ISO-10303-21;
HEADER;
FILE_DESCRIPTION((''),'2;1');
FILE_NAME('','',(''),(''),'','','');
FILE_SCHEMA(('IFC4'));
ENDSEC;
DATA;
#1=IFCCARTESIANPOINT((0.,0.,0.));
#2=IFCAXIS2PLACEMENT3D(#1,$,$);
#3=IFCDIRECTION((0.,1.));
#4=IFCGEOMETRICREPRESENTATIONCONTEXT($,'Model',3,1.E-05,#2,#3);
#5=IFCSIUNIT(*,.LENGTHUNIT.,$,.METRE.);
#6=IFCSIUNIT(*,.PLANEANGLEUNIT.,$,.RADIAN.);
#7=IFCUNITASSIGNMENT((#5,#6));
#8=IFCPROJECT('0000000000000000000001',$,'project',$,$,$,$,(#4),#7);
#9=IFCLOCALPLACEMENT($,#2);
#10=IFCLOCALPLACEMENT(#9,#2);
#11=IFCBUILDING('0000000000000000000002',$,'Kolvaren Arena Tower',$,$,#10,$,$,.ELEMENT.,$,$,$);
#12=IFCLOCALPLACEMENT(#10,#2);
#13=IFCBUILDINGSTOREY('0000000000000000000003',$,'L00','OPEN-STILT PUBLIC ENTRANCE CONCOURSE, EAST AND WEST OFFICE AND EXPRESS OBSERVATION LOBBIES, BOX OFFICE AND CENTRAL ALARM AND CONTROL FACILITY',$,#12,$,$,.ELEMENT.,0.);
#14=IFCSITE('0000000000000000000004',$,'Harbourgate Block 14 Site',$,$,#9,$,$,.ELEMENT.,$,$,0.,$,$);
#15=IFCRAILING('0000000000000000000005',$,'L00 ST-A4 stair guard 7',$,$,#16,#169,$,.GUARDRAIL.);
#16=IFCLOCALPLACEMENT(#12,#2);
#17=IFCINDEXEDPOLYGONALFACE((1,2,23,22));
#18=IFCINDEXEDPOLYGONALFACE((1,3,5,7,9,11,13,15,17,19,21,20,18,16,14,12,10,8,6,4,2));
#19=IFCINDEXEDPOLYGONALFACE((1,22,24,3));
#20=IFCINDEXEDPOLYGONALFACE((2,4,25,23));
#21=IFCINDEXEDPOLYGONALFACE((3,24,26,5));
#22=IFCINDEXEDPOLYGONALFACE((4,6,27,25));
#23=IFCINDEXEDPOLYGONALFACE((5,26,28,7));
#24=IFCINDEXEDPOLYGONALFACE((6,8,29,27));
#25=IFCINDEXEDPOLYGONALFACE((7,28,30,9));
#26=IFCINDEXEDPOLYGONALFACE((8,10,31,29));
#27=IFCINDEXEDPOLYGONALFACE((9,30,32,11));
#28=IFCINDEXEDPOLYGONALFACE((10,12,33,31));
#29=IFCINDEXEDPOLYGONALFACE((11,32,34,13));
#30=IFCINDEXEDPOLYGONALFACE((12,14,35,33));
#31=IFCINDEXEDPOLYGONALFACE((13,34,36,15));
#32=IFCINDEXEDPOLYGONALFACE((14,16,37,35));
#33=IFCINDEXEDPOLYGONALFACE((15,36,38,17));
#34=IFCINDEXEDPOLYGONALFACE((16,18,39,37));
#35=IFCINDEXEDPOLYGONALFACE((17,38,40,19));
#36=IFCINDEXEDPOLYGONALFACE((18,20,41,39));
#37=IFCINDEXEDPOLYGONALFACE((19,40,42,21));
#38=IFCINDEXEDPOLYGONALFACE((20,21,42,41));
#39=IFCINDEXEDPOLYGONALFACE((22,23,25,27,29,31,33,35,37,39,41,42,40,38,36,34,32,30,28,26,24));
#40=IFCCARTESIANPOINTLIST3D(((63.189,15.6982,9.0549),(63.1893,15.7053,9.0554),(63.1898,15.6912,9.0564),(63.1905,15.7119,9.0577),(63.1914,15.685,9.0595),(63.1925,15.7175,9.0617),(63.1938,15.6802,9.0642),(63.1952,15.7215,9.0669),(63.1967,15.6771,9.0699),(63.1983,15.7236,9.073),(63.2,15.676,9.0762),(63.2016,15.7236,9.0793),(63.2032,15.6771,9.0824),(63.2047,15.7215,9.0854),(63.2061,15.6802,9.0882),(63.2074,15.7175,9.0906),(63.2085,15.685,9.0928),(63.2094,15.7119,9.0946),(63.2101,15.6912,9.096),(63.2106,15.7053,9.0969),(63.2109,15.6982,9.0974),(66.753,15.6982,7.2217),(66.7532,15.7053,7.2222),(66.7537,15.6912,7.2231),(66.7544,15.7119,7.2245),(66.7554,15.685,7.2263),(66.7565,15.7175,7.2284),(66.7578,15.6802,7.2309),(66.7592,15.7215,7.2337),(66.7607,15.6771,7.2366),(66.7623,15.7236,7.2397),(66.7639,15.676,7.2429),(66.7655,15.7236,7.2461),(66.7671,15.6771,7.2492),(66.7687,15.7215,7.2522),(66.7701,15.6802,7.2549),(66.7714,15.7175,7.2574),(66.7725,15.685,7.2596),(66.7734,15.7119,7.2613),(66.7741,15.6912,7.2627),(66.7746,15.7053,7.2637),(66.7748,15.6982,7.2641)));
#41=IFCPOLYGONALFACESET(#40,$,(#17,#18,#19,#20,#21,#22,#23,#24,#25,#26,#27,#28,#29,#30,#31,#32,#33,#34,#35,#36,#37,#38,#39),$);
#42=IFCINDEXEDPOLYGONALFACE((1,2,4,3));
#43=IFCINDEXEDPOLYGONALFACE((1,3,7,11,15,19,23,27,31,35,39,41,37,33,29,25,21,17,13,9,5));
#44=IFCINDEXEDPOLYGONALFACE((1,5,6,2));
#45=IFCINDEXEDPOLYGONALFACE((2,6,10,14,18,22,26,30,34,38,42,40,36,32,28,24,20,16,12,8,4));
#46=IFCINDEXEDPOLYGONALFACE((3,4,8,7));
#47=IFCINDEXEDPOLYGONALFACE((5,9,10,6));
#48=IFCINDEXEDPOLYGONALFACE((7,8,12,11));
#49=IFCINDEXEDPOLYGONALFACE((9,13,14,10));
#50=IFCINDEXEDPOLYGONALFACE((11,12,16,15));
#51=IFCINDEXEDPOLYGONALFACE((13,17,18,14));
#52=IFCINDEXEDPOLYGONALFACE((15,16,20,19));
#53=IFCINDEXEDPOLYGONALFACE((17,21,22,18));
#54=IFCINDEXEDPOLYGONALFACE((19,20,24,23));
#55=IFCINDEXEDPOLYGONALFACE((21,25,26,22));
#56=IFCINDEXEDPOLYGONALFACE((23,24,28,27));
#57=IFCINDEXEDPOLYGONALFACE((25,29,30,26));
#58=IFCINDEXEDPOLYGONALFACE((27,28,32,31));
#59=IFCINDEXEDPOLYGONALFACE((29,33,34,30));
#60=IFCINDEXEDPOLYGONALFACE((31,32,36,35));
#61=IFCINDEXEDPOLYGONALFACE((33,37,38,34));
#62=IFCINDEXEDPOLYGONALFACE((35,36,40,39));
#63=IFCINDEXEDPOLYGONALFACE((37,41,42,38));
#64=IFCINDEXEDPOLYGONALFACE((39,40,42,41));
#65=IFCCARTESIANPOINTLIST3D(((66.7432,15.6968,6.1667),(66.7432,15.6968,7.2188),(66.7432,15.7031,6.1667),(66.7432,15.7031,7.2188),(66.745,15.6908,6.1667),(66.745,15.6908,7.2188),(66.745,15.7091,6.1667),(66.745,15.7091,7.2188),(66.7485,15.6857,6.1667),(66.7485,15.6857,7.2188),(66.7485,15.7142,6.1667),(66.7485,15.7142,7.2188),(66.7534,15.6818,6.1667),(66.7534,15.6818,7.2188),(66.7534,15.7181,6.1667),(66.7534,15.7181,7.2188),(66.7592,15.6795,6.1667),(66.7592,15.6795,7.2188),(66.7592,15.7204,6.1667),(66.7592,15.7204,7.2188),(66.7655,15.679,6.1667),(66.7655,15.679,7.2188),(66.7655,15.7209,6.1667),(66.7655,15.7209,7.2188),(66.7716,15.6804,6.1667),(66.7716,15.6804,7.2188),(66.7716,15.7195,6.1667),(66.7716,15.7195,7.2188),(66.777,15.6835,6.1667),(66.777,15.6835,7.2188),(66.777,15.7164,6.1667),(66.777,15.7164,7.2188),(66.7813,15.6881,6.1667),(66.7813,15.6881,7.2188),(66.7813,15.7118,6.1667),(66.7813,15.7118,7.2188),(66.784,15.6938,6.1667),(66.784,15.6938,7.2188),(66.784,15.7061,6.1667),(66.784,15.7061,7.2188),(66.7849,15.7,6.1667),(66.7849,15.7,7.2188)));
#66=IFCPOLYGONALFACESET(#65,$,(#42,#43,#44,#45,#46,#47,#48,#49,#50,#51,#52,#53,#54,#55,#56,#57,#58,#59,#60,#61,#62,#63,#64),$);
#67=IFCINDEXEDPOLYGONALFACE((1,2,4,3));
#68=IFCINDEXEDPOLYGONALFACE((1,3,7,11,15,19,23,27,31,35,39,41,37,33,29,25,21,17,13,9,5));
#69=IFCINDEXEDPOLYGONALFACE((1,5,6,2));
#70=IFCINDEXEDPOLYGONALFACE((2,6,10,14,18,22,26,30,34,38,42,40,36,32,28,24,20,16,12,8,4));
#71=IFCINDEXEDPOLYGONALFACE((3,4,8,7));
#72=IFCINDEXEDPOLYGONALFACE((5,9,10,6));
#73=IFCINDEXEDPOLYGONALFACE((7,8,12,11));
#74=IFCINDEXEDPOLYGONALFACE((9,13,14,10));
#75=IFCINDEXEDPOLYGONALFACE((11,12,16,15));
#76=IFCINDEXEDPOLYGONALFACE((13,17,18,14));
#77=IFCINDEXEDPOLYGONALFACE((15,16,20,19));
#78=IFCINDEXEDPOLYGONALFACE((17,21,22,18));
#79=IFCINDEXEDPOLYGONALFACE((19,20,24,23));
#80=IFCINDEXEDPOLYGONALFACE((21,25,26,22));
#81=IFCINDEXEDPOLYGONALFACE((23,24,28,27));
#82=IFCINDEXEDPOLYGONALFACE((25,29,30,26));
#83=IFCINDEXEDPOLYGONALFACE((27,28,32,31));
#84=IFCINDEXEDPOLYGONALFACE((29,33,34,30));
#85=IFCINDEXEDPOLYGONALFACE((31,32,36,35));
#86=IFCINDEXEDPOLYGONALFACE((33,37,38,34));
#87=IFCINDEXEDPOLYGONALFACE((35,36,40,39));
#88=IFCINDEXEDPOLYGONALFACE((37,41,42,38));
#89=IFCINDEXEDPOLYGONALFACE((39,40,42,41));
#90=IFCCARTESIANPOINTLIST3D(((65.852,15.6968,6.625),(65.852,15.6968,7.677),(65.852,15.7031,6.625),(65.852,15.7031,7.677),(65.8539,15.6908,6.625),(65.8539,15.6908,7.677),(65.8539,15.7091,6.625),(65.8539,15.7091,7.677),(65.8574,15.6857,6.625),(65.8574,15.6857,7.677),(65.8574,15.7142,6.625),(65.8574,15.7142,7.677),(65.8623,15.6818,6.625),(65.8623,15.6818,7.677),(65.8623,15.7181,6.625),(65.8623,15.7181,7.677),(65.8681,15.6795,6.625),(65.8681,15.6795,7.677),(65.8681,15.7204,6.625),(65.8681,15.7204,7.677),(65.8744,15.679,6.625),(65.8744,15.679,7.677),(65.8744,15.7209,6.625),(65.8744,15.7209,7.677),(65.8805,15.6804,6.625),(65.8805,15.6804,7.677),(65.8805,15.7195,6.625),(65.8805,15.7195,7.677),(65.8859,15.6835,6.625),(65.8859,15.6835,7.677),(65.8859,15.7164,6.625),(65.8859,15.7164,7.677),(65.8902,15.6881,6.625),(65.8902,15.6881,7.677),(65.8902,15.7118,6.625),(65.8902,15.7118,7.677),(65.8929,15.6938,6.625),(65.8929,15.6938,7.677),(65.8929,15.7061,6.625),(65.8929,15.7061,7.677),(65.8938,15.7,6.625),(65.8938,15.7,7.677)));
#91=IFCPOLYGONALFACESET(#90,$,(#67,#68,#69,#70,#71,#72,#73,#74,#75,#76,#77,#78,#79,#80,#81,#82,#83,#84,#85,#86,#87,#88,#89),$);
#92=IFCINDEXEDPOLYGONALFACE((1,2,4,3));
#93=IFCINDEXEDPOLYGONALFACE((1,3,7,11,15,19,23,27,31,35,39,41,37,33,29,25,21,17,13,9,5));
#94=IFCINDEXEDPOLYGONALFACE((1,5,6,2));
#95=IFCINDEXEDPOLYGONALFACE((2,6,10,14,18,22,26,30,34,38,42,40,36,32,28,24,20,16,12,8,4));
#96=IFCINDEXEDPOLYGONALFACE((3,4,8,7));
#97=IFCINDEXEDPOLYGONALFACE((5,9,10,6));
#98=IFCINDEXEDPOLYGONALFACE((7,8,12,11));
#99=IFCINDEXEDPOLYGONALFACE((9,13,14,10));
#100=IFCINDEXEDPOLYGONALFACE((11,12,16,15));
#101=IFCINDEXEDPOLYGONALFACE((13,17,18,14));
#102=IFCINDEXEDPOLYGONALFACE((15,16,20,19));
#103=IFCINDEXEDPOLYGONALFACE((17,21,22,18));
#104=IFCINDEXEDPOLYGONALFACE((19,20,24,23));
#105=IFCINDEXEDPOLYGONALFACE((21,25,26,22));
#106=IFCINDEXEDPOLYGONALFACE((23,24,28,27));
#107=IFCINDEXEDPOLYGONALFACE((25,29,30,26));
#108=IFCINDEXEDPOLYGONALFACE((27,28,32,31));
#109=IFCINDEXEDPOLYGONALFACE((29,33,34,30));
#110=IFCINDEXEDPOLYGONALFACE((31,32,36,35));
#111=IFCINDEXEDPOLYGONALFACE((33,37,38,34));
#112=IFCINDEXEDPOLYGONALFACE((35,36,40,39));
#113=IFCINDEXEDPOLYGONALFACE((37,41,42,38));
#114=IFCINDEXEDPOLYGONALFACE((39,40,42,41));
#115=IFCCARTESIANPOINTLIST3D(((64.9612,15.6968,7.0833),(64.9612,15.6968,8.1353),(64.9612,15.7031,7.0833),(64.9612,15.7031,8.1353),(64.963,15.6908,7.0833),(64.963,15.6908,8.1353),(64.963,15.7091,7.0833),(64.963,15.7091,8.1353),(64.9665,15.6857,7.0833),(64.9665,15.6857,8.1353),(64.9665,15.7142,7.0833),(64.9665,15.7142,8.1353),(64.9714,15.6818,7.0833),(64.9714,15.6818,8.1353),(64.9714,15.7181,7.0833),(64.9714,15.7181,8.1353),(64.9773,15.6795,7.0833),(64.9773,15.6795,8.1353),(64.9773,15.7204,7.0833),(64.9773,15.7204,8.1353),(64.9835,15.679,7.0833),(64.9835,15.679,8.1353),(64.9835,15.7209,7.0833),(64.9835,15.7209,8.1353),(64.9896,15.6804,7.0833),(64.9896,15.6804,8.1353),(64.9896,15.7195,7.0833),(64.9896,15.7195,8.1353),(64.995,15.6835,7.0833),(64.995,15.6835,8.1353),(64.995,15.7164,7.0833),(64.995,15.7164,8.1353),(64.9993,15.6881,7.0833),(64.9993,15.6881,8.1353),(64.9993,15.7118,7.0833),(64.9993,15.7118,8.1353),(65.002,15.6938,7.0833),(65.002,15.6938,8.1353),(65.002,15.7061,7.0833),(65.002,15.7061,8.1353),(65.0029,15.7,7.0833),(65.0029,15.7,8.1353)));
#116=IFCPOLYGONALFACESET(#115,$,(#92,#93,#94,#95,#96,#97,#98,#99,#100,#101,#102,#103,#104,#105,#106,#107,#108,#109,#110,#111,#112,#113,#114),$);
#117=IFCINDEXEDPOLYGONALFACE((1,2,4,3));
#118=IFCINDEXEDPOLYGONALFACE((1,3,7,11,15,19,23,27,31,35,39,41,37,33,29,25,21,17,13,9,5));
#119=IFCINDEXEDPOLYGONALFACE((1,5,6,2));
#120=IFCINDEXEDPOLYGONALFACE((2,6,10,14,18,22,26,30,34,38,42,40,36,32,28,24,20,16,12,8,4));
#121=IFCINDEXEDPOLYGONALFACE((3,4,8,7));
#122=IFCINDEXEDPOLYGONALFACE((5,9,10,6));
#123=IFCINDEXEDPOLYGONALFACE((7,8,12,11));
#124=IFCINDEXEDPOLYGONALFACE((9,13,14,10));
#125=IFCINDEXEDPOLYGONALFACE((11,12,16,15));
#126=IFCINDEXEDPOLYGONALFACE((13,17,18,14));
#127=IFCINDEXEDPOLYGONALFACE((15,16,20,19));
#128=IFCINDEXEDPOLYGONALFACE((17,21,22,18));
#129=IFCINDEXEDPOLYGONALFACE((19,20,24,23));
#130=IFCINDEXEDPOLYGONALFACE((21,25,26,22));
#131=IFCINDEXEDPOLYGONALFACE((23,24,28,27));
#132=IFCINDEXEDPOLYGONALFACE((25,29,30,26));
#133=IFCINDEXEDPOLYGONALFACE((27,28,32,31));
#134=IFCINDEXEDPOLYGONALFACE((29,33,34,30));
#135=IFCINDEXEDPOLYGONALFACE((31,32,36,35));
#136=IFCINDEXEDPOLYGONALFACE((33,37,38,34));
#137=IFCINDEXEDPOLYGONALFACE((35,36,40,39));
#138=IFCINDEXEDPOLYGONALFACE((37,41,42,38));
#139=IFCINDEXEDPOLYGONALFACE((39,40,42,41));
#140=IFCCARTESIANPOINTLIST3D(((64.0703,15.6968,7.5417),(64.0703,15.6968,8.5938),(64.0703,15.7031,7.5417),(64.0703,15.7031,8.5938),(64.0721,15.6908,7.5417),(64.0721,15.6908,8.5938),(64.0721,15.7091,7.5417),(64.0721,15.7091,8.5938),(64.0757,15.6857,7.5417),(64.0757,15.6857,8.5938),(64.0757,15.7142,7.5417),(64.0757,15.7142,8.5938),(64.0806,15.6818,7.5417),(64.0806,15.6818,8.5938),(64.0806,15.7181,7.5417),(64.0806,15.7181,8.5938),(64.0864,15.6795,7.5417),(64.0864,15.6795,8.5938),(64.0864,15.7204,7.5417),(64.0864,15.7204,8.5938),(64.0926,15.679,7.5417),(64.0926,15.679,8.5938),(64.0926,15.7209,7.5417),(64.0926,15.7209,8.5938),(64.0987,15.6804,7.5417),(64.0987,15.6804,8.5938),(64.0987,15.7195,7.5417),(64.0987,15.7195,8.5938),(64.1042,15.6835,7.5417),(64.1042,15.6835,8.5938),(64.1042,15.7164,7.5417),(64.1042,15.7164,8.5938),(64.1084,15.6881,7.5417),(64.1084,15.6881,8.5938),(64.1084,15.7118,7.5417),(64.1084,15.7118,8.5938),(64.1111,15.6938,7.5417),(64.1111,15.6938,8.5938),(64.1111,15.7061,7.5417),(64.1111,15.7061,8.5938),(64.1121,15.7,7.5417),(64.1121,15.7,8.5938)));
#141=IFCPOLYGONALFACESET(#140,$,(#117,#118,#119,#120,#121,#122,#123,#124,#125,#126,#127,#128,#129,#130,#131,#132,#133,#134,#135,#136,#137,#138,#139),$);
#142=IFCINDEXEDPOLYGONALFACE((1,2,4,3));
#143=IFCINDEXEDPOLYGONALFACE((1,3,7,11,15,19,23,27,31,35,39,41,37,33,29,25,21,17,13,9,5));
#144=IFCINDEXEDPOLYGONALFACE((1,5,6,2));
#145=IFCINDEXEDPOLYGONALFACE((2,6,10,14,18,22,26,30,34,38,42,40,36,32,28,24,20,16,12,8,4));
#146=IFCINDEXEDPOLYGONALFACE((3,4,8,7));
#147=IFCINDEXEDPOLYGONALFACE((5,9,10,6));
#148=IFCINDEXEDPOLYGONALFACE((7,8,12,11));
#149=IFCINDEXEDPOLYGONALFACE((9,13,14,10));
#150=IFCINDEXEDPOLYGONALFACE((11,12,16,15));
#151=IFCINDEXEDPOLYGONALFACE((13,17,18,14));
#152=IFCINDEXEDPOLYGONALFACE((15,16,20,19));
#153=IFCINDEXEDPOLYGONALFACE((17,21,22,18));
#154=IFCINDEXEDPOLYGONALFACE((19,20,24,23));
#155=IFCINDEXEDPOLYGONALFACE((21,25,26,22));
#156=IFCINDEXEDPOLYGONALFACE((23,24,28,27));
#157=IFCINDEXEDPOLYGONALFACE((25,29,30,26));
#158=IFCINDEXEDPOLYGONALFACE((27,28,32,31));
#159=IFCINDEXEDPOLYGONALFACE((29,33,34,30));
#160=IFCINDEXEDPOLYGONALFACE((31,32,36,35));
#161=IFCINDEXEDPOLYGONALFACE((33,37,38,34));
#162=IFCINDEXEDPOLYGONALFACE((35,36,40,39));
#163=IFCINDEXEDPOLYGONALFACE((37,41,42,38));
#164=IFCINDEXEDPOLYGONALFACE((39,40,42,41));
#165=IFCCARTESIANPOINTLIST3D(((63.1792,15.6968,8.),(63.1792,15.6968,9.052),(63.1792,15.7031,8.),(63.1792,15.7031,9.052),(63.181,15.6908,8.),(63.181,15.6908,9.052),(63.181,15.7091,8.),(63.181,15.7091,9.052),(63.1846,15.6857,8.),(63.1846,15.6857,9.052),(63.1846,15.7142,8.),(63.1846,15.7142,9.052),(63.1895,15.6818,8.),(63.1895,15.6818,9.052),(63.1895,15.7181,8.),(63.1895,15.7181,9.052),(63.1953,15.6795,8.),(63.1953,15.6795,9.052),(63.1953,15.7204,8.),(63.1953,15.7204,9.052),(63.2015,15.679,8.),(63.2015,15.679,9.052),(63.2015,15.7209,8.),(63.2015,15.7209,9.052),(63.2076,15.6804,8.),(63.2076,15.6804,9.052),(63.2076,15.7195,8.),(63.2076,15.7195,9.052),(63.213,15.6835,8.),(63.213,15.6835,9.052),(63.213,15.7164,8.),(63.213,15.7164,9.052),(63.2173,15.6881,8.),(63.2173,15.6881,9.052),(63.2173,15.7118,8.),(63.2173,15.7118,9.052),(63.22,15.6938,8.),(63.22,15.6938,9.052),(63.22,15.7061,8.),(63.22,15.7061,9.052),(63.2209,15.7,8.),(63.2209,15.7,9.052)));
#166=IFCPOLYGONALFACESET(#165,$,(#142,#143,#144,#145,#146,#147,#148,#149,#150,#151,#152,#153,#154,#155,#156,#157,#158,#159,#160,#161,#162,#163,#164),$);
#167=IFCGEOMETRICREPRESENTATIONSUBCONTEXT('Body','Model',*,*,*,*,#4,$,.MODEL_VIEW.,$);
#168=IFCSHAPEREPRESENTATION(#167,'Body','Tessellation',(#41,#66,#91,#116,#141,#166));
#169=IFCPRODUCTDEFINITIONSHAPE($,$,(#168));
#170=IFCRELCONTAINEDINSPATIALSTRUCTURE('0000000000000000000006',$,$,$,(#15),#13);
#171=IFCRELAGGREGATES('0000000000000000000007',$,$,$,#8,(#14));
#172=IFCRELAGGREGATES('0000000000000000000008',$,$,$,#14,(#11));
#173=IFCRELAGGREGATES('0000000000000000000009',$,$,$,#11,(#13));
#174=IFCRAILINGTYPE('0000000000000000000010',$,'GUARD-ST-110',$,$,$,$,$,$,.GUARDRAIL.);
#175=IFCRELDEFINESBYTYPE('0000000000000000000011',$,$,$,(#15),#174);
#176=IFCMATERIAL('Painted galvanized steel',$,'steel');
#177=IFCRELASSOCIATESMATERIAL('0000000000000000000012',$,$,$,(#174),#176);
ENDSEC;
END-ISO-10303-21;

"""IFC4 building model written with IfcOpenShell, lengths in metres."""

from ifc_helpers import new_model, si_unit, direction, frame, origin, origin_2d, place, context, subcontext, project, spatial, circle, extrude, material, type_object, element, save


model = new_model("IFC4")

# Units and contexts
model_context = context("Model", 3, precision=1e-05, world=origin(), true_north=direction((0.0, 1.0)))
body_context = subcontext(model_context, "Body", "Model", "MODEL_VIEW")
ifc_project = project(units=[si_unit("LENGTHUNIT", "METRE"), si_unit("PLANEANGLEUNIT", "RADIAN")], contexts=[model_context])

# Site, building, storey
site_placement = place(None, origin())
site = spatial("IfcSite", under=ifc_project, at=site_placement, Name="Harbourgate Block 14 Site", CompositionType="ELEMENT", RefElevation=0.0)
building_placement = place(site_placement, origin())
building = spatial("IfcBuilding", under=site, at=building_placement, Name="Kolvaren Arena Tower", CompositionType="ELEMENT")
storey_placement = place(building_placement, origin())
storey = spatial("IfcBuildingStorey", under=building, at=storey_placement, Name="L00", Description="OPEN-STILT PUBLIC ENTRANCE CONCOURSE, EAST AND WEST OFFICE AND EXPRESS OBSERVATION LOBBIES, BOX OFFICE AND CENTRAL ALARM AND CONTROL FACILITY", CompositionType="ELEMENT", Elevation=0.0)

# Railing
ifc_material_1 = material(Name="Painted galvanized steel", Category="steel")
railing_type_1 = type_object("IfcRailingType", Name="GUARD-ST-110", PredefinedType="GUARDRAIL", material=ifc_material_1)
railing_1_placement = place(storey_placement, frame((66.7639, 15.7, 6.1667)))
element("IfcRailing", 1, at=railing_1_placement, inside=storey, type_object=railing_type_1, Name="L00 ST-A4 stair guard 7", PredefinedType="GUARDRAIL", context=body_context, shape_type="SweptSolid", body=[
    extrude(circle(Radius=0.0239, at=origin_2d()), frame((0.0, 0.0, 1.0762), z_axis=(-0.889252, 0.0, 0.457418), x_axis=(0.0, -1.0, 0.0)), (0.0, 0.0, 1.0), 4.0078),
    extrude(circle(Radius=0.021, at=origin_2d()), origin(), (0.0, 0.0, 1.0), 1.052),
    extrude(circle(Radius=0.021, at=origin_2d()), frame((-0.8911, 0.0, 0.4583)), (0.0, 0.0, 1.0), 1.052),
    extrude(circle(Radius=0.021, at=origin_2d()), frame((-1.782, 0.0, 0.9165)), (0.0, 0.0, 1.0), 1.052),
    extrude(circle(Radius=0.021, at=origin_2d()), frame((-2.6729, 0.0, 1.375)), (0.0, 0.0, 1.0), 1.052),
    extrude(circle(Radius=0.021, at=origin_2d()), frame((-3.564, 0.0, 1.8333)), (0.0, 0.0, 1.0), 1.052),
])

save(model, "model.ifc")
